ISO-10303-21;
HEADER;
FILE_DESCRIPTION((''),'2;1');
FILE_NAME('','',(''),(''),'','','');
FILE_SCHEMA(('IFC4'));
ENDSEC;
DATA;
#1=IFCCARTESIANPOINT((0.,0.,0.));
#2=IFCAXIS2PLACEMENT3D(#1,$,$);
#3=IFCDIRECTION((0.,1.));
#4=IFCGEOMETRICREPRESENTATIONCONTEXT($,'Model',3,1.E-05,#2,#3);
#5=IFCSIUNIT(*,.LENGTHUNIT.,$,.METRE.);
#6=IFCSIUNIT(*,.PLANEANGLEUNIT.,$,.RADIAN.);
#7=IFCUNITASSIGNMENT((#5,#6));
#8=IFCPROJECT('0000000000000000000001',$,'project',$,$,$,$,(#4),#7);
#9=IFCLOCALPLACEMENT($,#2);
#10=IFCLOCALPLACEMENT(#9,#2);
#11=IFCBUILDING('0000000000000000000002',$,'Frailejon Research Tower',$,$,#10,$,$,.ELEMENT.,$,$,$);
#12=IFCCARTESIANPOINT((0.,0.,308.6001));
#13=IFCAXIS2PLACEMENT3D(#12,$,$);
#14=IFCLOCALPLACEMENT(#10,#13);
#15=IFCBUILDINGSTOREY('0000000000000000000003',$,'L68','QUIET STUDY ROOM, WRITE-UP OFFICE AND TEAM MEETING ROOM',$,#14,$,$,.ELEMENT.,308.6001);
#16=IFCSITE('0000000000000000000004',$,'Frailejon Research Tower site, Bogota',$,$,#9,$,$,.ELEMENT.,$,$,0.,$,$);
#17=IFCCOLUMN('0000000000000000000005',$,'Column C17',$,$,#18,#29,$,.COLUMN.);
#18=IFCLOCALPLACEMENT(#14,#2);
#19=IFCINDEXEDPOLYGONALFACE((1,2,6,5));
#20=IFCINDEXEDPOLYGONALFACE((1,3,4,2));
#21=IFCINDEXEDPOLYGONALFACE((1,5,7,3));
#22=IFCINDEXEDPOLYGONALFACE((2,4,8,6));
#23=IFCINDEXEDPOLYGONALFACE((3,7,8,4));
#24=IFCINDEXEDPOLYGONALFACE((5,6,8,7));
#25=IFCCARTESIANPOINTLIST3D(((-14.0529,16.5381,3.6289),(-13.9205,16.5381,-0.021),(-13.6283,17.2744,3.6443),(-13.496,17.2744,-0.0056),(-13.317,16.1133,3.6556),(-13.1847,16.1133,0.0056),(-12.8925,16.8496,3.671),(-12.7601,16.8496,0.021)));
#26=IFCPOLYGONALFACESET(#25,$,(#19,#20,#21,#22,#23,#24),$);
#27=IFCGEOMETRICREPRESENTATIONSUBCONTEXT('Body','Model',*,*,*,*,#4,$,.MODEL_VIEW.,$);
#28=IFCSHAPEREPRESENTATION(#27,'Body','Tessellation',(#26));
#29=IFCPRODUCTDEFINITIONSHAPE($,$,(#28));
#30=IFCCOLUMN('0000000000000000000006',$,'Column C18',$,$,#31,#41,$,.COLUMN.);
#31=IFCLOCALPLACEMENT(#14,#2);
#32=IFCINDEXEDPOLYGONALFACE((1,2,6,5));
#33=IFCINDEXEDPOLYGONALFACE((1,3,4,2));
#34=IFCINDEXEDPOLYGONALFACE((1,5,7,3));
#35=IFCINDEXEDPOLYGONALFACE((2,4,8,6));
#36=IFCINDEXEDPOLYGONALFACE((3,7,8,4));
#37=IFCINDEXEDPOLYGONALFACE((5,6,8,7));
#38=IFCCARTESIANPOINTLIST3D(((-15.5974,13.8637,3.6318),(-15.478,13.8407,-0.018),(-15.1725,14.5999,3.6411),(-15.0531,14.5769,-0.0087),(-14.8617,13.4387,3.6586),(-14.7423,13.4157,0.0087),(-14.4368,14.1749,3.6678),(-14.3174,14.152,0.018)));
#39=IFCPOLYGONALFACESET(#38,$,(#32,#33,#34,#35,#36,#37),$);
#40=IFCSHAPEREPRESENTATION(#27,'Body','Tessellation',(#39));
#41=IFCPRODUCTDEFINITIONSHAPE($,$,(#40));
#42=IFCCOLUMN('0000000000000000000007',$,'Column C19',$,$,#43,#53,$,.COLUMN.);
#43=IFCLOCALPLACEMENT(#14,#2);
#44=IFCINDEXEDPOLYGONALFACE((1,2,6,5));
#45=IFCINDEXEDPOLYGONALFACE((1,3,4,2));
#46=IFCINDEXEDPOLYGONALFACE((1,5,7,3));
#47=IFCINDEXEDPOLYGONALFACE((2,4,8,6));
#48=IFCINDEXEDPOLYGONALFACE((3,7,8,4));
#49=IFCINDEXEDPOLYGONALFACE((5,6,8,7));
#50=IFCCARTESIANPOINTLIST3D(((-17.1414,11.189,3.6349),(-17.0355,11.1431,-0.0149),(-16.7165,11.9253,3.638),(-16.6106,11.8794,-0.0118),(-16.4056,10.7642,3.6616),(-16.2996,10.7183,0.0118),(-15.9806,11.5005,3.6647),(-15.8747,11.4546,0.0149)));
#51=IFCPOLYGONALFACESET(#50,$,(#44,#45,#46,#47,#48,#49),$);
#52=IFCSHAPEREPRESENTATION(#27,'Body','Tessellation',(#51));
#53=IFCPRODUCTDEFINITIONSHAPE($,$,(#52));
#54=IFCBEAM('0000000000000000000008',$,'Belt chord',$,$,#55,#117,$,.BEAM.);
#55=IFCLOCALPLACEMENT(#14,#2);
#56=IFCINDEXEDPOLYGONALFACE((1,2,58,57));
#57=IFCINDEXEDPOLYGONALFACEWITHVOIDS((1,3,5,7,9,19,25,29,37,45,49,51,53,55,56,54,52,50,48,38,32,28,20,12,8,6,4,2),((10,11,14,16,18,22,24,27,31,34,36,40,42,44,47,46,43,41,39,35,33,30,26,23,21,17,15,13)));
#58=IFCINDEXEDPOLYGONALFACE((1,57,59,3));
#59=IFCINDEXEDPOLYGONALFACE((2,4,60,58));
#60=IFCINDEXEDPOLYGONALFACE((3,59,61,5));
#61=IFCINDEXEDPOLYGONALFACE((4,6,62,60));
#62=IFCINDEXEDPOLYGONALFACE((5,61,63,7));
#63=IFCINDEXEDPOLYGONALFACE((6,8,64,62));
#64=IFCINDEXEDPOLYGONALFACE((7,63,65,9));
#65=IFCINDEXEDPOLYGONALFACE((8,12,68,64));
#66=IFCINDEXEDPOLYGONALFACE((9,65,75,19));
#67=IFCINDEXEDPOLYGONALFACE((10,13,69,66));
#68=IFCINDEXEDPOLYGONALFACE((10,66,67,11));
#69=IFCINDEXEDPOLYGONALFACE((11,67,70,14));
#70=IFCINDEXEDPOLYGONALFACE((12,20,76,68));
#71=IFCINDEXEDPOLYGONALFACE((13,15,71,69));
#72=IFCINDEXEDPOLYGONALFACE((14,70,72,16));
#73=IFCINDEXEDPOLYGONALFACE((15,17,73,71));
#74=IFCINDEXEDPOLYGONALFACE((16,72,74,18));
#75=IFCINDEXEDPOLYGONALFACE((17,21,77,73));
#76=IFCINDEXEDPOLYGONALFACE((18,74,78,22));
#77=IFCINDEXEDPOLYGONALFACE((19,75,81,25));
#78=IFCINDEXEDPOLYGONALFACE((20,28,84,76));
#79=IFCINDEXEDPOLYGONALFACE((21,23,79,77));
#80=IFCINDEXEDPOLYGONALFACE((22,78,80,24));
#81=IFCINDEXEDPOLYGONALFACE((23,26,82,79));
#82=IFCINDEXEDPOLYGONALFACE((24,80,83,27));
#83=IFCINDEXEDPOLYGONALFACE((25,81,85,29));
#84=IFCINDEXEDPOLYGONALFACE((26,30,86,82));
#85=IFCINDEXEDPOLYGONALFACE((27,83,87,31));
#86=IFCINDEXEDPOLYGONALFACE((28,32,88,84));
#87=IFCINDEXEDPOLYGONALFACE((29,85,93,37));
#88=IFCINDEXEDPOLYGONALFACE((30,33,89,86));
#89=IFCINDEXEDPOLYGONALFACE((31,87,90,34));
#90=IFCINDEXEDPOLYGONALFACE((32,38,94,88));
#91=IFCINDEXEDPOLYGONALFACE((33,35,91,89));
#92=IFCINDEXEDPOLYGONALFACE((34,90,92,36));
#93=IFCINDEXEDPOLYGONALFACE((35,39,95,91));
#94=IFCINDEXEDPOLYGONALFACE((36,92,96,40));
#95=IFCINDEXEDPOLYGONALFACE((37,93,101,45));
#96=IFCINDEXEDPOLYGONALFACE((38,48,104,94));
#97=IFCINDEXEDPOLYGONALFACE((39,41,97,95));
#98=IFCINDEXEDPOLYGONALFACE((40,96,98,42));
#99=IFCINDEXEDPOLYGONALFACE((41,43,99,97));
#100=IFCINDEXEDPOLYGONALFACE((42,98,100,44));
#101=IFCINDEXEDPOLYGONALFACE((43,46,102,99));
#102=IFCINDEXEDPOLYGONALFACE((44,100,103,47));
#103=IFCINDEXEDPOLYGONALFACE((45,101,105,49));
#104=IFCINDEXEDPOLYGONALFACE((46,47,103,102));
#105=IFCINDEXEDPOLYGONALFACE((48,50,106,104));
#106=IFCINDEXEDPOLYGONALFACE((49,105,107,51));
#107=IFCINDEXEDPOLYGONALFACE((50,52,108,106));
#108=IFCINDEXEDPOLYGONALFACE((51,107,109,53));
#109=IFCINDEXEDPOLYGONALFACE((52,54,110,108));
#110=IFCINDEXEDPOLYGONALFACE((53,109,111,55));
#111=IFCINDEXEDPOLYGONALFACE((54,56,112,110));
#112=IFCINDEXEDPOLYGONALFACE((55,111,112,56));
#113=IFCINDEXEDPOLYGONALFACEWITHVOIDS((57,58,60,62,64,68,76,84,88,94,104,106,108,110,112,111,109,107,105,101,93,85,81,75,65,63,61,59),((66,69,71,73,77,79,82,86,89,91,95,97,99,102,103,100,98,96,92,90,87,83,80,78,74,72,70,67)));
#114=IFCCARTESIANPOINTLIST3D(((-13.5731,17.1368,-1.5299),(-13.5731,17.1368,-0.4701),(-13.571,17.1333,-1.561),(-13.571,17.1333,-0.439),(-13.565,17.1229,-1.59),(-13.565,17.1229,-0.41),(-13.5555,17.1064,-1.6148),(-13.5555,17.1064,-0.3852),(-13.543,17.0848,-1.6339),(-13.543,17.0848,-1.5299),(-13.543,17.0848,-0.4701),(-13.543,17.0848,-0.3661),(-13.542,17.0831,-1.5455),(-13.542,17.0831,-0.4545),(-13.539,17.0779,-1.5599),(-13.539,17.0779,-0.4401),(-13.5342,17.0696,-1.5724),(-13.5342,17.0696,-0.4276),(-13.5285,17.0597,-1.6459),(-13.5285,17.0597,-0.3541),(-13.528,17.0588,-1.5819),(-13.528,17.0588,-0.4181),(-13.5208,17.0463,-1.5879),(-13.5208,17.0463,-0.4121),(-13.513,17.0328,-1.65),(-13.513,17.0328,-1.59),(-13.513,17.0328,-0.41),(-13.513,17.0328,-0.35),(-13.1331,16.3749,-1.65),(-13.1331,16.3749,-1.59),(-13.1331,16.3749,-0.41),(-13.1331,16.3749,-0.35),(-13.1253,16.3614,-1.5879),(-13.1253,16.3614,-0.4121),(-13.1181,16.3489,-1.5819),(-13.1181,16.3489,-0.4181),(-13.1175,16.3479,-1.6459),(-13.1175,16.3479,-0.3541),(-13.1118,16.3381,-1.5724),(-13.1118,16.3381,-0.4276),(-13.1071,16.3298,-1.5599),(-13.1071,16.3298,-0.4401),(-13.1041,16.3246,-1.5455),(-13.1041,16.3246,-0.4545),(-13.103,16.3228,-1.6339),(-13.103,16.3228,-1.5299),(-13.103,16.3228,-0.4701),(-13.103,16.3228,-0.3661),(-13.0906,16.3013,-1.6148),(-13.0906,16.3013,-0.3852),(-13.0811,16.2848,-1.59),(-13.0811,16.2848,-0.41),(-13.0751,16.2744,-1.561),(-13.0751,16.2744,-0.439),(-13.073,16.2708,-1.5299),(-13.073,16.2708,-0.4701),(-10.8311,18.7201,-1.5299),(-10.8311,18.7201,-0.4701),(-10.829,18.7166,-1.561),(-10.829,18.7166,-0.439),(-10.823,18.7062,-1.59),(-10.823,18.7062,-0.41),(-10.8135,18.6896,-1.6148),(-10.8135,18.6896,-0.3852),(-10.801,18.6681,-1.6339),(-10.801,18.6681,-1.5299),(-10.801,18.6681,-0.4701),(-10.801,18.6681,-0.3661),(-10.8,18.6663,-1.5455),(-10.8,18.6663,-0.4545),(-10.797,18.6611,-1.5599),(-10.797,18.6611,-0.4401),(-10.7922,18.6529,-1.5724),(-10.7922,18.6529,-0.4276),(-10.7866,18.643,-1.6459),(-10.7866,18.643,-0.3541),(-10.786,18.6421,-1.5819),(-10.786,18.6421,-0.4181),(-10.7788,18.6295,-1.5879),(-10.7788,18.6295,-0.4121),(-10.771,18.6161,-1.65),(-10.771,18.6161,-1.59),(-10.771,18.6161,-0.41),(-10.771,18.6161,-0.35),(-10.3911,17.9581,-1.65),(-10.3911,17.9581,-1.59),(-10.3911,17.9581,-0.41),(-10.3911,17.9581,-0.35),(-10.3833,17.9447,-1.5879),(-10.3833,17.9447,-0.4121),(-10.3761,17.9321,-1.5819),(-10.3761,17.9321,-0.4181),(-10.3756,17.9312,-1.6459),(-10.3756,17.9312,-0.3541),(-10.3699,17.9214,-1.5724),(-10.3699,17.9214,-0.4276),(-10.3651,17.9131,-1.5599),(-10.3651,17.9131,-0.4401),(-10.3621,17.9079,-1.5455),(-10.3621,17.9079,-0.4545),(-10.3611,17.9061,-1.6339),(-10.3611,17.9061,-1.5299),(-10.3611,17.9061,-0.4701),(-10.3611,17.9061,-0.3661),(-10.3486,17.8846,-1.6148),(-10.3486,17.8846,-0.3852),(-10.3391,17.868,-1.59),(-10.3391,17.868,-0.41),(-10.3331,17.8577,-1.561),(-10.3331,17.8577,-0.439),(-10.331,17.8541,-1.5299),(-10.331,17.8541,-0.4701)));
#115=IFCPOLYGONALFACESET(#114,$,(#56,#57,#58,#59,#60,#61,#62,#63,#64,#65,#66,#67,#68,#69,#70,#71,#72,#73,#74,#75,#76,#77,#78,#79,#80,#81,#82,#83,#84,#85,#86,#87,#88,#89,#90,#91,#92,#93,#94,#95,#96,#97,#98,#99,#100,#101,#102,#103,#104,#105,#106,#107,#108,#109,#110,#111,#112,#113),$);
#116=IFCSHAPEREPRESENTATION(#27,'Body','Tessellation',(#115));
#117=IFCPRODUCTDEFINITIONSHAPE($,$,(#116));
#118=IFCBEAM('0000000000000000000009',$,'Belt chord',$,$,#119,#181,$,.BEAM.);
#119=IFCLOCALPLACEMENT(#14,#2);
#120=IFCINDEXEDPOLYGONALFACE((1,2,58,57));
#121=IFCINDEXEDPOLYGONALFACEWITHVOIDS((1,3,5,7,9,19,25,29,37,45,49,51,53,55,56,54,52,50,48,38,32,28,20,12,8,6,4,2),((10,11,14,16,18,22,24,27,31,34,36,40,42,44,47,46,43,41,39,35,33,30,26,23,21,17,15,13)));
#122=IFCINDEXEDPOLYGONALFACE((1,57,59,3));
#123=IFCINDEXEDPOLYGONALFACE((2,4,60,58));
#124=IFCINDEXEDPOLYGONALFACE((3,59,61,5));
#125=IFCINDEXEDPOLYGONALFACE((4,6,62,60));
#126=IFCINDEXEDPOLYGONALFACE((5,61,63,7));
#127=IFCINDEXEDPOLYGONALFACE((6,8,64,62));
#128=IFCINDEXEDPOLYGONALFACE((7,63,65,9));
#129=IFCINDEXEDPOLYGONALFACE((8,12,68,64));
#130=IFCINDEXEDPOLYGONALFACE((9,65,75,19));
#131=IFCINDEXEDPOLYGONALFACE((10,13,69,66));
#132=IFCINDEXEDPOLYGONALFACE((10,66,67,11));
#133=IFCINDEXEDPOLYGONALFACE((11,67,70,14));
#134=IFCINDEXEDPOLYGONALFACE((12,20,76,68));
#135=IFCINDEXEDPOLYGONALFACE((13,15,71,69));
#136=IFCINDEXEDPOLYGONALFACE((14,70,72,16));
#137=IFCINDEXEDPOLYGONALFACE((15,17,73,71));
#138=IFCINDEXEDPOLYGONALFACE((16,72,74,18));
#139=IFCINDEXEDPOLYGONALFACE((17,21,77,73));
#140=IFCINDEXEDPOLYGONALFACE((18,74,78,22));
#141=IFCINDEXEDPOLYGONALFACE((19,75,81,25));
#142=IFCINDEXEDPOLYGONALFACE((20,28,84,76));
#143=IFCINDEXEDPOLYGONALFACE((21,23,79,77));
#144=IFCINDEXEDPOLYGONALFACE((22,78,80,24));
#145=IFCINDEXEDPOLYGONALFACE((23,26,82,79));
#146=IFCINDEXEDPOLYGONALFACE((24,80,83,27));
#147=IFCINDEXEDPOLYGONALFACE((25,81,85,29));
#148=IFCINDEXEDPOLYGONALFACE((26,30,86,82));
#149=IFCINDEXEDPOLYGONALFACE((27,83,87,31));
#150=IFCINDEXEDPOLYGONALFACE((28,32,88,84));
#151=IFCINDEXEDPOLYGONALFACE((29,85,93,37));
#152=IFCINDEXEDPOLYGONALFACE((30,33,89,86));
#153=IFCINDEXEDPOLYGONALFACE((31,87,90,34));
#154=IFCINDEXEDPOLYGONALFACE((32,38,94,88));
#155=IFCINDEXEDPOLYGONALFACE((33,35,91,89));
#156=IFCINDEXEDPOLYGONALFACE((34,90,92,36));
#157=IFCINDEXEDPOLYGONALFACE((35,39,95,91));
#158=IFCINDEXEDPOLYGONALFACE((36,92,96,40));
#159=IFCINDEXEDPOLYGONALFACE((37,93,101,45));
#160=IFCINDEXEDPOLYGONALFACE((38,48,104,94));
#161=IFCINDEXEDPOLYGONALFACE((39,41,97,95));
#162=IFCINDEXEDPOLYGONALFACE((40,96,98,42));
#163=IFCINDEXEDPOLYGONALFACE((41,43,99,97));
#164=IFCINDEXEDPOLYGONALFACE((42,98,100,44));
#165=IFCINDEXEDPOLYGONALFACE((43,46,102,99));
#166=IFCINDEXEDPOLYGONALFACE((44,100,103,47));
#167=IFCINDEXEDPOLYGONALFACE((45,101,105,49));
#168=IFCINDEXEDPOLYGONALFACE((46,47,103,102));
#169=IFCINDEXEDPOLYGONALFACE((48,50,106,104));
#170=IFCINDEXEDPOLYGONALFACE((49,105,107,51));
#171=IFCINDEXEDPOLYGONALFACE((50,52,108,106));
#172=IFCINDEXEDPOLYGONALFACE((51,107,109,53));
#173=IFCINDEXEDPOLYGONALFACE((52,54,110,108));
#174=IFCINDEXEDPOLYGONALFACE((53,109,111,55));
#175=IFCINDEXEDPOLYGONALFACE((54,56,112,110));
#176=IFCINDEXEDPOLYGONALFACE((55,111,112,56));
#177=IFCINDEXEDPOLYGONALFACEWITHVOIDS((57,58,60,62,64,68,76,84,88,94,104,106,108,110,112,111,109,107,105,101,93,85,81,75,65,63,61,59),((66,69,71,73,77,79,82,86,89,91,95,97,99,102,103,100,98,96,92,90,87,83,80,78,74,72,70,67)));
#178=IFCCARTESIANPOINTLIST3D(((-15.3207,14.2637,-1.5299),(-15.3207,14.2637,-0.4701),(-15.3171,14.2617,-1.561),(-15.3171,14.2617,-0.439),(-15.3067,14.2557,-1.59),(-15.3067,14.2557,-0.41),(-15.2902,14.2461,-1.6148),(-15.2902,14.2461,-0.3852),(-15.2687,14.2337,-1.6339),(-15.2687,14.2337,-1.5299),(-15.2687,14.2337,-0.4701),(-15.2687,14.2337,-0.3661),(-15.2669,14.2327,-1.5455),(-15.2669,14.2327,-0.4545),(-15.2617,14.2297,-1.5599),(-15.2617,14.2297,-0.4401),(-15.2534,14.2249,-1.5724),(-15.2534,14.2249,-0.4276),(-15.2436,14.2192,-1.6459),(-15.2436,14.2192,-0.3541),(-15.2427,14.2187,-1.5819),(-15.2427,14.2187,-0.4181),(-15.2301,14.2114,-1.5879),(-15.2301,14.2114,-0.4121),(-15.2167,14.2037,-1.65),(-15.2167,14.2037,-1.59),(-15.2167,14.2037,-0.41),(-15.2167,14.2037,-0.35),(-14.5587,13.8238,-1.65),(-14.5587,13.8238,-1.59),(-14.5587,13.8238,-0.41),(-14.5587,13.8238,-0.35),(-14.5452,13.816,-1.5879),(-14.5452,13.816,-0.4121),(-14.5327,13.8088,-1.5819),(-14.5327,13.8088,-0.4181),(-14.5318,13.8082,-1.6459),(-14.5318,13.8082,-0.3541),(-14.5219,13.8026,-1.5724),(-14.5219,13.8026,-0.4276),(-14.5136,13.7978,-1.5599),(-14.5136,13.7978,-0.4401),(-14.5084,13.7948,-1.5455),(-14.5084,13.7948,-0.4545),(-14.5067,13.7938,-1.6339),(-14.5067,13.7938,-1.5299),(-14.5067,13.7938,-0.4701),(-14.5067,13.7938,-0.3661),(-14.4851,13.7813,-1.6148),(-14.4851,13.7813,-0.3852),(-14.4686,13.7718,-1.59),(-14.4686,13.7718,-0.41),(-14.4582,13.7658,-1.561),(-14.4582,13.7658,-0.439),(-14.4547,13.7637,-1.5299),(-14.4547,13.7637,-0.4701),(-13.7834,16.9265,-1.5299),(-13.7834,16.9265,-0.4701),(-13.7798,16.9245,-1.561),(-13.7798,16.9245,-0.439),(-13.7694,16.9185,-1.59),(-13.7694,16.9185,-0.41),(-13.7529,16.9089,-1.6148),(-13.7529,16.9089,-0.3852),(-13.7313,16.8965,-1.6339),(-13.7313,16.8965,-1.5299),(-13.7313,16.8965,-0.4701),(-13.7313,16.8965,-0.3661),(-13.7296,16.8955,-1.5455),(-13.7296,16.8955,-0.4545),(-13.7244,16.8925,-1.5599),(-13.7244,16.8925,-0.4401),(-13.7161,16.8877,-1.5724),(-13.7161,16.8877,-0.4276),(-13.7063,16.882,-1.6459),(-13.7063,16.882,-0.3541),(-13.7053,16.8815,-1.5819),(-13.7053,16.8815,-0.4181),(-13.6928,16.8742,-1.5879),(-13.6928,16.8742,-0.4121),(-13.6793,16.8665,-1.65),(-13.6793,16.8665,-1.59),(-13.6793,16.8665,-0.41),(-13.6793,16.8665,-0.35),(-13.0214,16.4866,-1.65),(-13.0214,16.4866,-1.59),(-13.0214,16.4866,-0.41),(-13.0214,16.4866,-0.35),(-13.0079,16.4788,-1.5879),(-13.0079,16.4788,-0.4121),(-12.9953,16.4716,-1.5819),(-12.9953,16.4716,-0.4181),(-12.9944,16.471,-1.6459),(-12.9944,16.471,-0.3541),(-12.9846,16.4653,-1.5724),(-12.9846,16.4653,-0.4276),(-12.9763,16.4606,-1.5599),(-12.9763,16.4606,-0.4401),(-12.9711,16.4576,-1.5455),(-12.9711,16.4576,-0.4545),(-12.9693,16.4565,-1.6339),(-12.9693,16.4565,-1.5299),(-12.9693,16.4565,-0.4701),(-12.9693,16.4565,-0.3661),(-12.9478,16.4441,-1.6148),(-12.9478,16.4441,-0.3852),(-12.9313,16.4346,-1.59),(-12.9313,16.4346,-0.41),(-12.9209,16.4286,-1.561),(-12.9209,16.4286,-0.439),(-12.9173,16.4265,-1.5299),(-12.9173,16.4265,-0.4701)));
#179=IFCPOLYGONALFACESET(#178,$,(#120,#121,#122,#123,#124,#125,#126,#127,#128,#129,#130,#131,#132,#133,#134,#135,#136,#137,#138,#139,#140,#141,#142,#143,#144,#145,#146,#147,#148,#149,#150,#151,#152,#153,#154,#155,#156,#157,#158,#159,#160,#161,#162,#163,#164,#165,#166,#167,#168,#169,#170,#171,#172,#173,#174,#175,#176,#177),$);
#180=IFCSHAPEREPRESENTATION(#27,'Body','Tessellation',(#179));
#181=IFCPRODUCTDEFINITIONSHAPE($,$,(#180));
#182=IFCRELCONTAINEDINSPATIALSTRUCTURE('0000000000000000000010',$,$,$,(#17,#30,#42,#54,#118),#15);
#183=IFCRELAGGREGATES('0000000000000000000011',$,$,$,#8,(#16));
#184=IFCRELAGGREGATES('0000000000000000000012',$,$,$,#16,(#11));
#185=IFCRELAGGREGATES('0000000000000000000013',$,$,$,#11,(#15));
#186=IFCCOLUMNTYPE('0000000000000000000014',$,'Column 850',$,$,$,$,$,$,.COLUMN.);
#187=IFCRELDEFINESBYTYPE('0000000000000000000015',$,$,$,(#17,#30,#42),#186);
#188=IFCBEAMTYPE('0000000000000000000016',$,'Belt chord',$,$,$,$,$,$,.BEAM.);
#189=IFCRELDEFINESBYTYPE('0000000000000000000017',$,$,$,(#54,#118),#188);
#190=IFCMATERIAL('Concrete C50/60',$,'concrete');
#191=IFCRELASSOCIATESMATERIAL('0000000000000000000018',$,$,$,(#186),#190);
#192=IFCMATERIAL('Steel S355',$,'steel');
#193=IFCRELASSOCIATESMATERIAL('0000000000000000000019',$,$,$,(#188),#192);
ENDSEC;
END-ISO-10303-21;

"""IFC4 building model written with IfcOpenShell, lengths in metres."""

from ifc_helpers import new_model, si_unit, direction, frame, origin, origin_2d, place, context, subcontext, project, spatial, rectangle, hollow_rectangle, extrude, material, material_profile, profile_set, type_object, element, save


model = new_model("IFC4")

# Units and contexts
model_context = context("Model", 3, precision=1e-05, world=origin(), true_north=direction((0.0, 1.0)))
body_context = subcontext(model_context, "Body", "Model", "MODEL_VIEW")
ifc_project = project(units=[si_unit("LENGTHUNIT", "METRE"), si_unit("PLANEANGLEUNIT", "RADIAN")], contexts=[model_context])

# Site, building, storey
site_placement = place(None, origin())
site = spatial("IfcSite", under=ifc_project, at=site_placement, Name="Frailejon Research Tower site, Bogota", CompositionType="ELEMENT", RefElevation=0.0)
building_placement = place(site_placement, origin())
building = spatial("IfcBuilding", under=site, at=building_placement, Name="Frailejon Research Tower", CompositionType="ELEMENT")
storey_placement = place(building_placement, frame((0.0, 0.0, 308.6001)))
storey = spatial("IfcBuildingStorey", under=building, at=storey_placement, Name="L68", Description="QUIET STUDY ROOM, WRITE-UP OFFICE AND TEAM MEETING ROOM", CompositionType="ELEMENT", Elevation=308.6001)

# Columns
ifc_material_1 = material(Name="Concrete C50/60", Category="concrete")
ifc_material_profile_1 = material_profile(ifc_material_1, rectangle(XDim=0.8501, YDim=0.8501, at=origin_2d()), Name="Column 850")
ifc_profile_set_1 = profile_set([ifc_material_profile_1], Name="Concrete C50/60")
column_type = type_object("IfcColumnType", Name="Column 850", PredefinedType="COLUMN", material=ifc_profile_set_1)
column_1_placement = place(storey_placement, frame((-13.3403, 16.6938, 0.0), z_axis=(-0.03623, 0.0, 0.999343), x_axis=(-0.499425, -0.866168, -0.018106)))
element("IfcColumn", 1, at=column_1_placement, inside=storey, type_object=column_type, Name="Column C17", PredefinedType="COLUMN", context=body_context, shape_type="SweptSolid", body=[
    extrude(rectangle(XDim=0.8501, YDim=0.8501, at=origin_2d()), origin(), (0.0, 0.0, 1.0), 3.6523),
])
column_2_placement = place(storey_placement, frame((-14.8977, 13.9963, 0.0), z_axis=(-0.032691, 0.006284, 0.999446), x_axis=(-0.499829, -0.866055, -0.010903)))
element("IfcColumn", 2, at=column_2_placement, inside=storey, type_object=column_type, Name="Column C18", PredefinedType="COLUMN", context=body_context, shape_type="SweptSolid", body=[
    extrude(rectangle(XDim=0.8501, YDim=0.8501, at=origin_2d()), origin(), (0.0, 0.0, 1.0), 3.6519),
])
column_3_placement = place(storey_placement, frame((-16.4551, 11.2988, 0.0), z_axis=(-0.029016, 0.012569, 0.9995), x_axis=(-0.499849, -0.866105, -0.003619)))
element("IfcColumn", 3, at=column_3_placement, inside=storey, type_object=column_type, Name="Column C19", PredefinedType="COLUMN", context=body_context, shape_type="SweptSolid", body=[
    extrude(rectangle(XDim=0.8501, YDim=0.8501, at=origin_2d()), origin(), (0.0, 0.0, 1.0), 3.6516),
])

# Beams
ifc_material_2 = material(Name="Steel S355", Category="steel")
ifc_material_profile_2 = material_profile(ifc_material_2, hollow_rectangle(XDim=1.0, YDim=1.3, WallThickness=0.0601, InnerFilletRadius=0.0601, OuterFilletRadius=0.1201, at=origin_2d()), Name="Belt chord")
ifc_profile_set_2 = profile_set([ifc_material_profile_2], Name="Steel S355")
beam_type_1 = type_object("IfcBeamType", Name="Belt chord", PredefinedType="BEAM", material=ifc_profile_set_2)
beam_1_placement = place(storey_placement, frame((-10.5811, 18.2871, -1.0), z_axis=(-0.865999, -0.500045, 0.0), x_axis=(0.500045, -0.865999, 0.0)))
element("IfcBeam", 4, at=beam_1_placement, inside=storey, type_object=beam_type_1, Name="Belt chord", PredefinedType="BEAM", context=body_context, shape_type="SweptSolid", body=[
    extrude(hollow_rectangle(XDim=1.0, YDim=1.3, WallThickness=0.0601, InnerFilletRadius=0.0601, OuterFilletRadius=0.1201, at=origin_2d()), origin(), (0.0, 0.0, 1.0), 3.1663),
])
beam_2_placement = place(storey_placement, frame((-13.3503, 16.6765, -1.0), z_axis=(-0.499991, -0.866031, 0.0), x_axis=(0.866031, -0.499991, 0.0)))
element("IfcBeam", 5, at=beam_2_placement, inside=storey, type_object=beam_type_1, Name="Belt chord", PredefinedType="BEAM", context=body_context, shape_type="SweptSolid", body=[
    extrude(hollow_rectangle(XDim=1.0, YDim=1.3, WallThickness=0.0601, InnerFilletRadius=0.0601, OuterFilletRadius=0.1201, at=origin_2d()), origin(), (0.0, 0.0, 1.0), 3.0747),
])

save(model, "model.ifc")
